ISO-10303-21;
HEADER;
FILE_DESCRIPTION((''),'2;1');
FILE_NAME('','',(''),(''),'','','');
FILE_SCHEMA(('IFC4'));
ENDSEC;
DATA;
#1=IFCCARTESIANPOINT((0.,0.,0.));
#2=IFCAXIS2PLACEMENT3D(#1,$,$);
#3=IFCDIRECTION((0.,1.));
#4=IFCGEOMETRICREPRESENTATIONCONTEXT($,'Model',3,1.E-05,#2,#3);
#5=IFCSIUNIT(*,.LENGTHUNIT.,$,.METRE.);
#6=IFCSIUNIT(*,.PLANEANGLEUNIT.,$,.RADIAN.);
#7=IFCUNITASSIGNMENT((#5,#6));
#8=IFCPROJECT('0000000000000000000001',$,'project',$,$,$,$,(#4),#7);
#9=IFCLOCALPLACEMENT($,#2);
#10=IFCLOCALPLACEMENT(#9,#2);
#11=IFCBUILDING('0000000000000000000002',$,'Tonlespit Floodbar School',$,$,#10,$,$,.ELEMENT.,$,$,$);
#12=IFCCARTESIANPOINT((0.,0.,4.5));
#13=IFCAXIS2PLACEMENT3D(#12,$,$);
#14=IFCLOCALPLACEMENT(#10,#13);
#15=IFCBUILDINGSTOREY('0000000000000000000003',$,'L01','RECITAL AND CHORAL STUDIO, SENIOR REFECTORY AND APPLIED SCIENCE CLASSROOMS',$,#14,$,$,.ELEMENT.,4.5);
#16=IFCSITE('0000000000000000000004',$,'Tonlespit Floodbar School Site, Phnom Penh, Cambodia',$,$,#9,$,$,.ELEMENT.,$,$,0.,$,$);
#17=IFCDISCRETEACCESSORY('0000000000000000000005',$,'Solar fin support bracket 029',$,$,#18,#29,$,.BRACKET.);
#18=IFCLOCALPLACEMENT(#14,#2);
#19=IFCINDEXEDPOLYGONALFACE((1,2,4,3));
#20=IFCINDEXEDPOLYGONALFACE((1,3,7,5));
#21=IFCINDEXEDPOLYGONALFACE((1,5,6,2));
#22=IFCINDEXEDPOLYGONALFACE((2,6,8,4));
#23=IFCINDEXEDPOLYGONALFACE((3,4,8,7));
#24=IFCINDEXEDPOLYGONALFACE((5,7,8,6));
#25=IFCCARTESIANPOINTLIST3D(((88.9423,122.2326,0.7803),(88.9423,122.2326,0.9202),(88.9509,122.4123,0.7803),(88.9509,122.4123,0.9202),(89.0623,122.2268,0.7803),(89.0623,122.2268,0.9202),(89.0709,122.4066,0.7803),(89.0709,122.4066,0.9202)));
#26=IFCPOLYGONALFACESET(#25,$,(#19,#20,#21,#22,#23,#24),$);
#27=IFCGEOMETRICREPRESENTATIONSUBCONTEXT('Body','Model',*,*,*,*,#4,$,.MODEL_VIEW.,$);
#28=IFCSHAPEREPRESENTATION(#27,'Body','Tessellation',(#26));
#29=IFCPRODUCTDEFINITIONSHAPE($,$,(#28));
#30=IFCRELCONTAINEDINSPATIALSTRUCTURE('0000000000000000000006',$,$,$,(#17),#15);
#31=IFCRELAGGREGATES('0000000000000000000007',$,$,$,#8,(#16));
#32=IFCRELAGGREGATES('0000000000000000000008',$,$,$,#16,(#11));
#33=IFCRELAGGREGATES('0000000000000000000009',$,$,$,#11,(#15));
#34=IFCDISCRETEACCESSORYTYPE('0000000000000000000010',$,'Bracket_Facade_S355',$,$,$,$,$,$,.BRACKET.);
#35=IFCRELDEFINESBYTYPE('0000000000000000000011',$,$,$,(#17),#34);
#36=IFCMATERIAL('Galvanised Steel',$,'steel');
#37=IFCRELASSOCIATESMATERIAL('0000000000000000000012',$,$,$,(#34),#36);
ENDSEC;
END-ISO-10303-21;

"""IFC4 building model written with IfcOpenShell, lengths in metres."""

from ifc_helpers import new_model, si_unit, direction, frame, origin, origin_2d, place, context, subcontext, project, spatial, rectangle, extrude, material, type_object, element, save


model = new_model("IFC4")

# Units and contexts
model_context = context("Model", 3, precision=1e-05, world=origin(), true_north=direction((0.0, 1.0)))
body_context = subcontext(model_context, "Body", "Model", "MODEL_VIEW")
ifc_project = project(units=[si_unit("LENGTHUNIT", "METRE"), si_unit("PLANEANGLEUNIT", "RADIAN")], contexts=[model_context])

# Site, building, storey
site_placement = place(None, origin())
site = spatial("IfcSite", under=ifc_project, at=site_placement, Name="Tonlespit Floodbar School Site, Phnom Penh, Cambodia", CompositionType="ELEMENT", RefElevation=0.0)
building_placement = place(site_placement, origin())
building = spatial("IfcBuilding", under=site, at=building_placement, Name="Tonlespit Floodbar School", CompositionType="ELEMENT")
storey_placement = place(building_placement, frame((0.0, 0.0, 4.5)))
storey = spatial("IfcBuildingStorey", under=building, at=storey_placement, Name="L01", Description="RECITAL AND CHORAL STUDIO, SENIOR REFECTORY AND APPLIED SCIENCE CLASSROOMS", CompositionType="ELEMENT", Elevation=4.5)

# Discrete accessory
ifc_material_1 = material(Name="Galvanised Steel", Category="steel")
discrete_accessory_type = type_object("IfcDiscreteAccessoryType", Name="Bracket_Facade_S355", PredefinedType="BRACKET", material=ifc_material_1)
discrete_accessory_1_placement = place(storey_placement, frame((89.0066, 122.3196, 0.7803), z_axis=(0.0, 0.0, 1.0), x_axis=(0.998843, -0.048095, 0.0)))
element("IfcDiscreteAccessory", 1, at=discrete_accessory_1_placement, inside=storey, type_object=discrete_accessory_type, Name="Solar fin support bracket 029", PredefinedType="BRACKET", context=body_context, shape_type="SweptSolid", body=[
    extrude(rectangle(XDim=0.1201, YDim=0.1799, at=origin_2d()), origin(), (0.0, 0.0, 1.0), 0.1399),
])

save(model, "model.ifc")
